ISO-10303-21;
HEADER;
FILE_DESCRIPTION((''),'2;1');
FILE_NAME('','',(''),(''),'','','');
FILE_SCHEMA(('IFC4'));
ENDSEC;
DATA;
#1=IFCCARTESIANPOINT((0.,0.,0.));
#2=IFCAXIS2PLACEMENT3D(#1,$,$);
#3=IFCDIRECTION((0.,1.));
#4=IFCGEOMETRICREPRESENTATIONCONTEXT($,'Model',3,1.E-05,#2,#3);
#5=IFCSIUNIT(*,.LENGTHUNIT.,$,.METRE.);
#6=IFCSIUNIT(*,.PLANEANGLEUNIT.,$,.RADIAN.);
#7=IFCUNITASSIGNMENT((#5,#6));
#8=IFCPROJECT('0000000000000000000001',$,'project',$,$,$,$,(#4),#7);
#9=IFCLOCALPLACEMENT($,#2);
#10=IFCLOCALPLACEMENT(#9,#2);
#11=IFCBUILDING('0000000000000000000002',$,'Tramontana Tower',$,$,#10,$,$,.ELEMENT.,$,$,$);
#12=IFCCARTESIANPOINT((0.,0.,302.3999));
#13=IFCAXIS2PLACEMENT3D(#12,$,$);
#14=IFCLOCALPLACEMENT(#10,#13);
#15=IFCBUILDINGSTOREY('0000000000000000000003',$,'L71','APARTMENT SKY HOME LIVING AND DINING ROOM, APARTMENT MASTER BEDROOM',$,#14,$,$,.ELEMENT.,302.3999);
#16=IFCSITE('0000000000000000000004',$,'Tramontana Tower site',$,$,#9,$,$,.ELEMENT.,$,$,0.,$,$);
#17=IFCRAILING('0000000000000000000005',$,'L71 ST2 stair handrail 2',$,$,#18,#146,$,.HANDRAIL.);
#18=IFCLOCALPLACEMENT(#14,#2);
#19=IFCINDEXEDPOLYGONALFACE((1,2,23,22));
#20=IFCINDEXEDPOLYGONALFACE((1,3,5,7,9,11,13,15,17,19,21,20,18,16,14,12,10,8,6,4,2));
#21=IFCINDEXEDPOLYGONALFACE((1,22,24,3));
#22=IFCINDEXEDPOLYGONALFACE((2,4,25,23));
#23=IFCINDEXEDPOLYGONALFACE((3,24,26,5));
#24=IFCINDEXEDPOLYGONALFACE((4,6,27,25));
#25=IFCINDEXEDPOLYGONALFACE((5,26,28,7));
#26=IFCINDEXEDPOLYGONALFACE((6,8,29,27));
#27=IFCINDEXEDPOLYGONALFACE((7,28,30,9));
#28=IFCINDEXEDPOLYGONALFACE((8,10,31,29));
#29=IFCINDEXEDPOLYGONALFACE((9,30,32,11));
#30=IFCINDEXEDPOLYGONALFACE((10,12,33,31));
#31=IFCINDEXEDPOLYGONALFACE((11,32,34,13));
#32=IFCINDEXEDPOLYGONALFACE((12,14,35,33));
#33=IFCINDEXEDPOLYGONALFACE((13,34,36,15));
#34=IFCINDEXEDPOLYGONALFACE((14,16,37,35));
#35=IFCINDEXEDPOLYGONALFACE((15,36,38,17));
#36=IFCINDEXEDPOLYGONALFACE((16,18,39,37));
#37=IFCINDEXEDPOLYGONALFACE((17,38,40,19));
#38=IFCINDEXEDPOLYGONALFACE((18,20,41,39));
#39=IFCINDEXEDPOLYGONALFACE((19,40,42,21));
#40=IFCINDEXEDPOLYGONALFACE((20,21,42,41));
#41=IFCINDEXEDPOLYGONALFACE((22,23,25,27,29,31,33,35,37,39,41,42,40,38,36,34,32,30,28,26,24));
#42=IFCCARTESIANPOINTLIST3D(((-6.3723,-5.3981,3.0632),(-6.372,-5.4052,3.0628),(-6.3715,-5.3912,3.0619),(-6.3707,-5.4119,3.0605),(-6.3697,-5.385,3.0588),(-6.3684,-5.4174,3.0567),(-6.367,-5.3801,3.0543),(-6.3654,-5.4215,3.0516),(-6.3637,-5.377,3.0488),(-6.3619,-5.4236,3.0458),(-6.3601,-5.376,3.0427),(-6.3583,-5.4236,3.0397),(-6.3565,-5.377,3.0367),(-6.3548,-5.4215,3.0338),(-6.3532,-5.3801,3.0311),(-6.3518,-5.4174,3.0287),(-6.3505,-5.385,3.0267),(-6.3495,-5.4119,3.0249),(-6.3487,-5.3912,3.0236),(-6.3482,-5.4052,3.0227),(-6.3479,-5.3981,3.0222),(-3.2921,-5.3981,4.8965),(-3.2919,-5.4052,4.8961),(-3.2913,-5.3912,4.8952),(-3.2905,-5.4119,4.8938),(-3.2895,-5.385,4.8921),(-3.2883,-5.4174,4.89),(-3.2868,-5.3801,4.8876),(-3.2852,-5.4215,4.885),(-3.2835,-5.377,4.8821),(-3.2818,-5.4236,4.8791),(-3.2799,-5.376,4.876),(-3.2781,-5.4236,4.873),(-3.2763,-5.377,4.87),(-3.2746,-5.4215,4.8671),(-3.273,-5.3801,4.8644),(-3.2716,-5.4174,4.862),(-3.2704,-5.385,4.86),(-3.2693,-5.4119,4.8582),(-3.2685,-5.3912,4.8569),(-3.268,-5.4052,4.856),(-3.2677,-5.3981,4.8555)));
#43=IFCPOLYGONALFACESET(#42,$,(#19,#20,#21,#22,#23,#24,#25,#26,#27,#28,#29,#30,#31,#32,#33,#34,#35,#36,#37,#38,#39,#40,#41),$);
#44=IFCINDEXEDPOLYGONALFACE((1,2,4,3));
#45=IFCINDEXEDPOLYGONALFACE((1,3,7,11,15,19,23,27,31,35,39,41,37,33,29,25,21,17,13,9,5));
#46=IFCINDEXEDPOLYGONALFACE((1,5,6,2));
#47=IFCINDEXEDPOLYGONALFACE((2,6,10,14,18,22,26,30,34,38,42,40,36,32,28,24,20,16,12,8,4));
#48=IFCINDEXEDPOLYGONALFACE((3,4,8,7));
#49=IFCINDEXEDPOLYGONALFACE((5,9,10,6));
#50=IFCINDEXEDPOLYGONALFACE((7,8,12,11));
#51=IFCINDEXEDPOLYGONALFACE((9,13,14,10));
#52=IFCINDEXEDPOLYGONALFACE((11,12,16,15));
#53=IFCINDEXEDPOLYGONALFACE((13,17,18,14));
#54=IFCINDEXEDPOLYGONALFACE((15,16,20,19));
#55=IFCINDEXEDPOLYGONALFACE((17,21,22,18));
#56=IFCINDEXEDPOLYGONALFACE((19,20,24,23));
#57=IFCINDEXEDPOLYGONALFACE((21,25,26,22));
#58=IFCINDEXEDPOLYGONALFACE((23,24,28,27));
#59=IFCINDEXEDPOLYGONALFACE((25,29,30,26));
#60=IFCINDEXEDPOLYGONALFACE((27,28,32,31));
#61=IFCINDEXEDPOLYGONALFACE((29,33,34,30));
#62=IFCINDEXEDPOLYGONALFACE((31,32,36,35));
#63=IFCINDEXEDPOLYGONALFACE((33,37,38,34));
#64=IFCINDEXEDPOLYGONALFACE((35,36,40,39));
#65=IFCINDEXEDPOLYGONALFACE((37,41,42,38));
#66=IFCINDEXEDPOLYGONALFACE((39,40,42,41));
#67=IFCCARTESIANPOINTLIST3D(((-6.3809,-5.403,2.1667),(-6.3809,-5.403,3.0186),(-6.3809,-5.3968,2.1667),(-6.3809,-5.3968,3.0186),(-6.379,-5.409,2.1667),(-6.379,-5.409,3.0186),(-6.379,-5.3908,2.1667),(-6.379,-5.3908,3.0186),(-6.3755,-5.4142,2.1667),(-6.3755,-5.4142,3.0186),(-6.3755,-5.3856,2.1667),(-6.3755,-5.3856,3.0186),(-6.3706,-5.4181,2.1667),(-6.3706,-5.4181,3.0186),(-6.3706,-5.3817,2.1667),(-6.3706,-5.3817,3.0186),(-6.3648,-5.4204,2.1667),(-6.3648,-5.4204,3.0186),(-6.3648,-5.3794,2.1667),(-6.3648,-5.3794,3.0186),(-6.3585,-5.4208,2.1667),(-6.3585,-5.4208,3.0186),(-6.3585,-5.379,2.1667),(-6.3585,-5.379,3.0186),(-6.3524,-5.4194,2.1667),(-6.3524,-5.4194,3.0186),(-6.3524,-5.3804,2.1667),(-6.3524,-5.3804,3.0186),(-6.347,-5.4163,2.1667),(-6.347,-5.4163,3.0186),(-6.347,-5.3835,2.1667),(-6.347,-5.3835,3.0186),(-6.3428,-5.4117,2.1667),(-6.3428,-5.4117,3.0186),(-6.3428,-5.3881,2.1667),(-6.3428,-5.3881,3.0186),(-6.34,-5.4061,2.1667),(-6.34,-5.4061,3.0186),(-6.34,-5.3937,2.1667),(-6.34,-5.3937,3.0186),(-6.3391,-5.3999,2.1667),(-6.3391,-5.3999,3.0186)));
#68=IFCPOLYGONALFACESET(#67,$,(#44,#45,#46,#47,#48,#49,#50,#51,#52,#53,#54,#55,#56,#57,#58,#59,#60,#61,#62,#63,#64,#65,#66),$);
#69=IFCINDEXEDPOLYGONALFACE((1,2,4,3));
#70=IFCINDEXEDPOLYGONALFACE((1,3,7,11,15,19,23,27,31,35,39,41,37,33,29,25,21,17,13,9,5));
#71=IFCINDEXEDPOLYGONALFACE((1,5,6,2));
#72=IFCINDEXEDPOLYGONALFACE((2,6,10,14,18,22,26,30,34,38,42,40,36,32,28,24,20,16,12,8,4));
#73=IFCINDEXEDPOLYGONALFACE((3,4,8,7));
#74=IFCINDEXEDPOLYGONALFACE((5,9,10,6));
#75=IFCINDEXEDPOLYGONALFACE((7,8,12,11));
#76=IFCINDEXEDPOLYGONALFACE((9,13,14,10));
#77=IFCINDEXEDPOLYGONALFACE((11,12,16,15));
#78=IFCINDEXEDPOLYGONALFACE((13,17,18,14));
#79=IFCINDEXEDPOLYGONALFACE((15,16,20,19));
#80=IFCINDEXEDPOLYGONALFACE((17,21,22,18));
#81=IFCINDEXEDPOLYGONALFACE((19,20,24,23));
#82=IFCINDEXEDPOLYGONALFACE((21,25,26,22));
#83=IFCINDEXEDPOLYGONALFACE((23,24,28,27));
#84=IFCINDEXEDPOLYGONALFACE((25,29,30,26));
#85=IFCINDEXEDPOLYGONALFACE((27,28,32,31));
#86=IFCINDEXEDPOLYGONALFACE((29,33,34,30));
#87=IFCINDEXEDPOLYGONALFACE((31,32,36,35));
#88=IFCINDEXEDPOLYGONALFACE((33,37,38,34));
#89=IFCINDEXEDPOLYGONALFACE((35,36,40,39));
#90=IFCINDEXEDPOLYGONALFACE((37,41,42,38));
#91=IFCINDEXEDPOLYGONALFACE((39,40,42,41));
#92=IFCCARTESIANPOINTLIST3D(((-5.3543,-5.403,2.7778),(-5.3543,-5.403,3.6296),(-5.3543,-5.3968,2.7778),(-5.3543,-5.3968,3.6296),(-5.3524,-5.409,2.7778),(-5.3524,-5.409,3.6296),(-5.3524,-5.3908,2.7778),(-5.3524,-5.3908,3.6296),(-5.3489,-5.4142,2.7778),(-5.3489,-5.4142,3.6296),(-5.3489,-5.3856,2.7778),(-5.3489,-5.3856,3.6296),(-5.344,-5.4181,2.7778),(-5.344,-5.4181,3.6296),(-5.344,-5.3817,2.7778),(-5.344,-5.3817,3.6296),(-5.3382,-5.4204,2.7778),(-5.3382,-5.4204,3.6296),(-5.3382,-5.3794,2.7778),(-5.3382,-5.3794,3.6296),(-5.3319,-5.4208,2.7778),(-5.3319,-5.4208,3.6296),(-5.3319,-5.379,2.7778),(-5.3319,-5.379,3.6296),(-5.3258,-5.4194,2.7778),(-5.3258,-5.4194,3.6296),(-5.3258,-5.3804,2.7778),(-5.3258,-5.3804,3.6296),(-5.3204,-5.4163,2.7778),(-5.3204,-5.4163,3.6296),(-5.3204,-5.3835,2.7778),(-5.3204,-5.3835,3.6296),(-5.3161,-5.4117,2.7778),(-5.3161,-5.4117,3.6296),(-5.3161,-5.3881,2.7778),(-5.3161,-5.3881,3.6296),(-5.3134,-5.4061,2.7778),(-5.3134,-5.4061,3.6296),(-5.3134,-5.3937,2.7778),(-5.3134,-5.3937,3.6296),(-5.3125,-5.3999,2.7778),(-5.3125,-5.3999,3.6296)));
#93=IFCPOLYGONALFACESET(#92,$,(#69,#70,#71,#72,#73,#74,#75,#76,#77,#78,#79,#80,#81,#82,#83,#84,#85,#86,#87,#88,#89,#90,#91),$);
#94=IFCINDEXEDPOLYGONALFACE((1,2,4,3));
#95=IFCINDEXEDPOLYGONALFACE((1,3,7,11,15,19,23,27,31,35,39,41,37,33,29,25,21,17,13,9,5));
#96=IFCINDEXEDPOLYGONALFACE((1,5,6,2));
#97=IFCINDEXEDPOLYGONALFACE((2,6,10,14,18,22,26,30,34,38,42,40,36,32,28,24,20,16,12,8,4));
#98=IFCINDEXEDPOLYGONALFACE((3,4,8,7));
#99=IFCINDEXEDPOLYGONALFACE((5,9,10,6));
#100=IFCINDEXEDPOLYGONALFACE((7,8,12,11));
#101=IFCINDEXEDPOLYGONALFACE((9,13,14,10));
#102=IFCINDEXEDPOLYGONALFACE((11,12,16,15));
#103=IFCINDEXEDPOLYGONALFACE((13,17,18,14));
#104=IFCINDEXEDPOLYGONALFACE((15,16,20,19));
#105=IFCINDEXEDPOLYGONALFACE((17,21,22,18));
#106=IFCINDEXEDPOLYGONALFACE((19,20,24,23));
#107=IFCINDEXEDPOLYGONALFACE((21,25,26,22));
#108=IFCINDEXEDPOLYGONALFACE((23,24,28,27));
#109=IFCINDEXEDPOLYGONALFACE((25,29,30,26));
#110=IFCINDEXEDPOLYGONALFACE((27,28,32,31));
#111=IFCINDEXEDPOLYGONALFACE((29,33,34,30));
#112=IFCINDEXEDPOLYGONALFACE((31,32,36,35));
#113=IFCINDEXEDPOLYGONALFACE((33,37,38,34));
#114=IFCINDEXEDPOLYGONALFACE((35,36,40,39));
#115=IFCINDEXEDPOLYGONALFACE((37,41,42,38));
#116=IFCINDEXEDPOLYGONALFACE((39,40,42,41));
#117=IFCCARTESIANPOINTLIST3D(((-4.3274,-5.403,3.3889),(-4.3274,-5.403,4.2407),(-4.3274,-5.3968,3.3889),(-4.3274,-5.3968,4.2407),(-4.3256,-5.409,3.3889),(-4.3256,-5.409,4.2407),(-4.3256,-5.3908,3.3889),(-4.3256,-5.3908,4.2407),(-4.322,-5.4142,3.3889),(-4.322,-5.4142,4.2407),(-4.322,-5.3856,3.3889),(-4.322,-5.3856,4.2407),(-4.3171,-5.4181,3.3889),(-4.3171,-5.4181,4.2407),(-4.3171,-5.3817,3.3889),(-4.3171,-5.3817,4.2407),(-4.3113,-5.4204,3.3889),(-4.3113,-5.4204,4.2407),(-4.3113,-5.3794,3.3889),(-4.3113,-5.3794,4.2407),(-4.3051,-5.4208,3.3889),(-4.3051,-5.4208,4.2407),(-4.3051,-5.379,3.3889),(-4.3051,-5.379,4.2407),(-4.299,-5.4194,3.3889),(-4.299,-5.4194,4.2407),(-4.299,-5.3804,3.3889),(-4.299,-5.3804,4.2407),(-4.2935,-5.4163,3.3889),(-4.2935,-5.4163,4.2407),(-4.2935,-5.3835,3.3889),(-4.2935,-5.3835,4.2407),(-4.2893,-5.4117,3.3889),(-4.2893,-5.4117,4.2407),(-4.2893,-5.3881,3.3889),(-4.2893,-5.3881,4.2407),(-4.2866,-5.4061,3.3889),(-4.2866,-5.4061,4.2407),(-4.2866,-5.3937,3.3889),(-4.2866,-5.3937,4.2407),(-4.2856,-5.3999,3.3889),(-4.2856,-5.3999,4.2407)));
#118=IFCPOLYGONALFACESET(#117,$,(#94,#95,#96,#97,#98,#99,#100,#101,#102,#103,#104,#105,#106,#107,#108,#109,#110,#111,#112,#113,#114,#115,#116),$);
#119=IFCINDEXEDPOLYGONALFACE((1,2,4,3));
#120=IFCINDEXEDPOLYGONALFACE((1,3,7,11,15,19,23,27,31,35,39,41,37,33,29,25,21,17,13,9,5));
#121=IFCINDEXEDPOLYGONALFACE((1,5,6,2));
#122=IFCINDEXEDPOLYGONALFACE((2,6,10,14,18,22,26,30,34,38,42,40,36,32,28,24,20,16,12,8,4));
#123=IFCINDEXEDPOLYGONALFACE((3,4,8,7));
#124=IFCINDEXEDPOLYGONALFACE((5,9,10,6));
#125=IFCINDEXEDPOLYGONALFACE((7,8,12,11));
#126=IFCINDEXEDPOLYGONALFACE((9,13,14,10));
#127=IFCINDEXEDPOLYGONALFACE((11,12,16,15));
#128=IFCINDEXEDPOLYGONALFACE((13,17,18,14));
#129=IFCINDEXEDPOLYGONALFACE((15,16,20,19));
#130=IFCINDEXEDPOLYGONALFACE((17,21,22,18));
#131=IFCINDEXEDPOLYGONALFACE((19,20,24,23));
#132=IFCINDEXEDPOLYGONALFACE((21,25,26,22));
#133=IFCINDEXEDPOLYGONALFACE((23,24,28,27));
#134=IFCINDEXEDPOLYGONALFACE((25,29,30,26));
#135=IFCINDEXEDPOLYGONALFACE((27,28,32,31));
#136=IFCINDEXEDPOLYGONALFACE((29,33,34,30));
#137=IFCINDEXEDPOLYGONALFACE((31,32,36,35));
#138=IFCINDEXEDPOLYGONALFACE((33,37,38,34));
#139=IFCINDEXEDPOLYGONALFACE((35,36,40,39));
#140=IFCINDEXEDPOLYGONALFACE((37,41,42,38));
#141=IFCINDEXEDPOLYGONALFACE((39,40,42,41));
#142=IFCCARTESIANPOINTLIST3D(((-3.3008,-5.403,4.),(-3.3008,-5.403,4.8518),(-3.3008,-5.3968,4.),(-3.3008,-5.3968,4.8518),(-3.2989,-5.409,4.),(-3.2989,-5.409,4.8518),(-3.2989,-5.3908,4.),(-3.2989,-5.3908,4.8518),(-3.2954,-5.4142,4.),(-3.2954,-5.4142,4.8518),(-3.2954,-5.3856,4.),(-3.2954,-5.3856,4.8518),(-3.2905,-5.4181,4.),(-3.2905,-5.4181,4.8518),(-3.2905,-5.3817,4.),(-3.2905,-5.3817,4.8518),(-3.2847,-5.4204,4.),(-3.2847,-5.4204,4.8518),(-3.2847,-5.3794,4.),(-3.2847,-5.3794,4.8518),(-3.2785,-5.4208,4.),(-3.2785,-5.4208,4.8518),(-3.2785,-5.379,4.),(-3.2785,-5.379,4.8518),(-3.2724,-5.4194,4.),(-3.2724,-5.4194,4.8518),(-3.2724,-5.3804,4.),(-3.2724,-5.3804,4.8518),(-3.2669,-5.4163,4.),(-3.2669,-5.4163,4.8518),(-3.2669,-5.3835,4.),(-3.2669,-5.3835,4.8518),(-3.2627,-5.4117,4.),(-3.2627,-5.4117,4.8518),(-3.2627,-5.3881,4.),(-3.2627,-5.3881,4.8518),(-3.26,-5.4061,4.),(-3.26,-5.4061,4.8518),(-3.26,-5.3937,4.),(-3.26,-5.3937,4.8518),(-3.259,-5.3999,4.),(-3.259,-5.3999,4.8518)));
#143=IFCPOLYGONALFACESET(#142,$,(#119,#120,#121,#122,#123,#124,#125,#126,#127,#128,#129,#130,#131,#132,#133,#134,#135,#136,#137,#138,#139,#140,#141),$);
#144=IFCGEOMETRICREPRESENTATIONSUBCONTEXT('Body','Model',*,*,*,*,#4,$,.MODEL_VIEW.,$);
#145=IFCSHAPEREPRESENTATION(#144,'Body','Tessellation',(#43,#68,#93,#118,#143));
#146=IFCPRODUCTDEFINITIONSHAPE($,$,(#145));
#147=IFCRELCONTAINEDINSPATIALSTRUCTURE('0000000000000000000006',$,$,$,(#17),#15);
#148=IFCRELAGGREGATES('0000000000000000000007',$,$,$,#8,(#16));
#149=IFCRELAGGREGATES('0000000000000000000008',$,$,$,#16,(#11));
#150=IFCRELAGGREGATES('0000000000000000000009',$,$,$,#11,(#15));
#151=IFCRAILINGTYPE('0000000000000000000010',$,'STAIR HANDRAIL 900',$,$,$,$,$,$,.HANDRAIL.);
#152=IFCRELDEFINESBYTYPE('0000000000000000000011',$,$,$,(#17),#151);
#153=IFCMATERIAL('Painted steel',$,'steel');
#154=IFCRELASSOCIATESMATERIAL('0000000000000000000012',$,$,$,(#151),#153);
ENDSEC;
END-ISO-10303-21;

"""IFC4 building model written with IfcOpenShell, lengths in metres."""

from ifc_helpers import new_model, si_unit, direction, frame, origin, origin_2d, place, context, subcontext, project, spatial, circle, extrude, material, type_object, element, save


model = new_model("IFC4")

# Units and contexts
model_context = context("Model", 3, precision=1e-05, world=origin(), true_north=direction((0.0, 1.0)))
body_context = subcontext(model_context, "Body", "Model", "MODEL_VIEW")
ifc_project = project(units=[si_unit("LENGTHUNIT", "METRE"), si_unit("PLANEANGLEUNIT", "RADIAN")], contexts=[model_context])

# Site, building, storey
site_placement = place(None, origin())
site = spatial("IfcSite", under=ifc_project, at=site_placement, Name="Tramontana Tower site", CompositionType="ELEMENT", RefElevation=0.0)
building_placement = place(site_placement, origin())
building = spatial("IfcBuilding", under=site, at=building_placement, Name="Tramontana Tower", CompositionType="ELEMENT")
storey_placement = place(building_placement, frame((0.0, 0.0, 302.3999)))
storey = spatial("IfcBuildingStorey", under=building, at=storey_placement, Name="L71", Description="APARTMENT SKY HOME LIVING AND DINING ROOM, APARTMENT MASTER BEDROOM", CompositionType="ELEMENT", Elevation=302.3999)

# Railing
ifc_material_1 = material(Name="Painted steel", Category="steel")
railing_type_1 = type_object("IfcRailingType", Name="STAIR HANDRAIL 900", PredefinedType="HANDRAIL", material=ifc_material_1)
railing_1_placement = place(storey_placement, frame((-6.3601, -5.3999, 2.1667)))
element("IfcRailing", 1, at=railing_1_placement, inside=storey, type_object=railing_type_1, Name="L71 ST2 stair handrail 2", PredefinedType="HANDRAIL", context=body_context, shape_type="SweptSolid", body=[
    extrude(circle(Radius=0.0239, at=origin_2d()), frame((0.0, 0.0, 0.876), z_axis=(0.859309, 0.0, 0.511458), x_axis=(0.0, 1.0, 0.0)), (0.0, 0.0, 1.0), 3.5845),
    extrude(circle(Radius=0.021, at=origin_2d()), origin(), (0.0, 0.0, 1.0), 0.8518),
    extrude(circle(Radius=0.021, at=origin_2d()), frame((1.0266, 0.0, 0.6111)), (0.0, 0.0, 1.0), 0.8518),
    extrude(circle(Radius=0.021, at=origin_2d()), frame((2.0535, 0.0, 1.2222)), (0.0, 0.0, 1.0), 0.8518),
    extrude(circle(Radius=0.021, at=origin_2d()), frame((3.0801, 0.0, 1.8333)), (0.0, 0.0, 1.0), 0.8518),
])

save(model, "model.ifc")
